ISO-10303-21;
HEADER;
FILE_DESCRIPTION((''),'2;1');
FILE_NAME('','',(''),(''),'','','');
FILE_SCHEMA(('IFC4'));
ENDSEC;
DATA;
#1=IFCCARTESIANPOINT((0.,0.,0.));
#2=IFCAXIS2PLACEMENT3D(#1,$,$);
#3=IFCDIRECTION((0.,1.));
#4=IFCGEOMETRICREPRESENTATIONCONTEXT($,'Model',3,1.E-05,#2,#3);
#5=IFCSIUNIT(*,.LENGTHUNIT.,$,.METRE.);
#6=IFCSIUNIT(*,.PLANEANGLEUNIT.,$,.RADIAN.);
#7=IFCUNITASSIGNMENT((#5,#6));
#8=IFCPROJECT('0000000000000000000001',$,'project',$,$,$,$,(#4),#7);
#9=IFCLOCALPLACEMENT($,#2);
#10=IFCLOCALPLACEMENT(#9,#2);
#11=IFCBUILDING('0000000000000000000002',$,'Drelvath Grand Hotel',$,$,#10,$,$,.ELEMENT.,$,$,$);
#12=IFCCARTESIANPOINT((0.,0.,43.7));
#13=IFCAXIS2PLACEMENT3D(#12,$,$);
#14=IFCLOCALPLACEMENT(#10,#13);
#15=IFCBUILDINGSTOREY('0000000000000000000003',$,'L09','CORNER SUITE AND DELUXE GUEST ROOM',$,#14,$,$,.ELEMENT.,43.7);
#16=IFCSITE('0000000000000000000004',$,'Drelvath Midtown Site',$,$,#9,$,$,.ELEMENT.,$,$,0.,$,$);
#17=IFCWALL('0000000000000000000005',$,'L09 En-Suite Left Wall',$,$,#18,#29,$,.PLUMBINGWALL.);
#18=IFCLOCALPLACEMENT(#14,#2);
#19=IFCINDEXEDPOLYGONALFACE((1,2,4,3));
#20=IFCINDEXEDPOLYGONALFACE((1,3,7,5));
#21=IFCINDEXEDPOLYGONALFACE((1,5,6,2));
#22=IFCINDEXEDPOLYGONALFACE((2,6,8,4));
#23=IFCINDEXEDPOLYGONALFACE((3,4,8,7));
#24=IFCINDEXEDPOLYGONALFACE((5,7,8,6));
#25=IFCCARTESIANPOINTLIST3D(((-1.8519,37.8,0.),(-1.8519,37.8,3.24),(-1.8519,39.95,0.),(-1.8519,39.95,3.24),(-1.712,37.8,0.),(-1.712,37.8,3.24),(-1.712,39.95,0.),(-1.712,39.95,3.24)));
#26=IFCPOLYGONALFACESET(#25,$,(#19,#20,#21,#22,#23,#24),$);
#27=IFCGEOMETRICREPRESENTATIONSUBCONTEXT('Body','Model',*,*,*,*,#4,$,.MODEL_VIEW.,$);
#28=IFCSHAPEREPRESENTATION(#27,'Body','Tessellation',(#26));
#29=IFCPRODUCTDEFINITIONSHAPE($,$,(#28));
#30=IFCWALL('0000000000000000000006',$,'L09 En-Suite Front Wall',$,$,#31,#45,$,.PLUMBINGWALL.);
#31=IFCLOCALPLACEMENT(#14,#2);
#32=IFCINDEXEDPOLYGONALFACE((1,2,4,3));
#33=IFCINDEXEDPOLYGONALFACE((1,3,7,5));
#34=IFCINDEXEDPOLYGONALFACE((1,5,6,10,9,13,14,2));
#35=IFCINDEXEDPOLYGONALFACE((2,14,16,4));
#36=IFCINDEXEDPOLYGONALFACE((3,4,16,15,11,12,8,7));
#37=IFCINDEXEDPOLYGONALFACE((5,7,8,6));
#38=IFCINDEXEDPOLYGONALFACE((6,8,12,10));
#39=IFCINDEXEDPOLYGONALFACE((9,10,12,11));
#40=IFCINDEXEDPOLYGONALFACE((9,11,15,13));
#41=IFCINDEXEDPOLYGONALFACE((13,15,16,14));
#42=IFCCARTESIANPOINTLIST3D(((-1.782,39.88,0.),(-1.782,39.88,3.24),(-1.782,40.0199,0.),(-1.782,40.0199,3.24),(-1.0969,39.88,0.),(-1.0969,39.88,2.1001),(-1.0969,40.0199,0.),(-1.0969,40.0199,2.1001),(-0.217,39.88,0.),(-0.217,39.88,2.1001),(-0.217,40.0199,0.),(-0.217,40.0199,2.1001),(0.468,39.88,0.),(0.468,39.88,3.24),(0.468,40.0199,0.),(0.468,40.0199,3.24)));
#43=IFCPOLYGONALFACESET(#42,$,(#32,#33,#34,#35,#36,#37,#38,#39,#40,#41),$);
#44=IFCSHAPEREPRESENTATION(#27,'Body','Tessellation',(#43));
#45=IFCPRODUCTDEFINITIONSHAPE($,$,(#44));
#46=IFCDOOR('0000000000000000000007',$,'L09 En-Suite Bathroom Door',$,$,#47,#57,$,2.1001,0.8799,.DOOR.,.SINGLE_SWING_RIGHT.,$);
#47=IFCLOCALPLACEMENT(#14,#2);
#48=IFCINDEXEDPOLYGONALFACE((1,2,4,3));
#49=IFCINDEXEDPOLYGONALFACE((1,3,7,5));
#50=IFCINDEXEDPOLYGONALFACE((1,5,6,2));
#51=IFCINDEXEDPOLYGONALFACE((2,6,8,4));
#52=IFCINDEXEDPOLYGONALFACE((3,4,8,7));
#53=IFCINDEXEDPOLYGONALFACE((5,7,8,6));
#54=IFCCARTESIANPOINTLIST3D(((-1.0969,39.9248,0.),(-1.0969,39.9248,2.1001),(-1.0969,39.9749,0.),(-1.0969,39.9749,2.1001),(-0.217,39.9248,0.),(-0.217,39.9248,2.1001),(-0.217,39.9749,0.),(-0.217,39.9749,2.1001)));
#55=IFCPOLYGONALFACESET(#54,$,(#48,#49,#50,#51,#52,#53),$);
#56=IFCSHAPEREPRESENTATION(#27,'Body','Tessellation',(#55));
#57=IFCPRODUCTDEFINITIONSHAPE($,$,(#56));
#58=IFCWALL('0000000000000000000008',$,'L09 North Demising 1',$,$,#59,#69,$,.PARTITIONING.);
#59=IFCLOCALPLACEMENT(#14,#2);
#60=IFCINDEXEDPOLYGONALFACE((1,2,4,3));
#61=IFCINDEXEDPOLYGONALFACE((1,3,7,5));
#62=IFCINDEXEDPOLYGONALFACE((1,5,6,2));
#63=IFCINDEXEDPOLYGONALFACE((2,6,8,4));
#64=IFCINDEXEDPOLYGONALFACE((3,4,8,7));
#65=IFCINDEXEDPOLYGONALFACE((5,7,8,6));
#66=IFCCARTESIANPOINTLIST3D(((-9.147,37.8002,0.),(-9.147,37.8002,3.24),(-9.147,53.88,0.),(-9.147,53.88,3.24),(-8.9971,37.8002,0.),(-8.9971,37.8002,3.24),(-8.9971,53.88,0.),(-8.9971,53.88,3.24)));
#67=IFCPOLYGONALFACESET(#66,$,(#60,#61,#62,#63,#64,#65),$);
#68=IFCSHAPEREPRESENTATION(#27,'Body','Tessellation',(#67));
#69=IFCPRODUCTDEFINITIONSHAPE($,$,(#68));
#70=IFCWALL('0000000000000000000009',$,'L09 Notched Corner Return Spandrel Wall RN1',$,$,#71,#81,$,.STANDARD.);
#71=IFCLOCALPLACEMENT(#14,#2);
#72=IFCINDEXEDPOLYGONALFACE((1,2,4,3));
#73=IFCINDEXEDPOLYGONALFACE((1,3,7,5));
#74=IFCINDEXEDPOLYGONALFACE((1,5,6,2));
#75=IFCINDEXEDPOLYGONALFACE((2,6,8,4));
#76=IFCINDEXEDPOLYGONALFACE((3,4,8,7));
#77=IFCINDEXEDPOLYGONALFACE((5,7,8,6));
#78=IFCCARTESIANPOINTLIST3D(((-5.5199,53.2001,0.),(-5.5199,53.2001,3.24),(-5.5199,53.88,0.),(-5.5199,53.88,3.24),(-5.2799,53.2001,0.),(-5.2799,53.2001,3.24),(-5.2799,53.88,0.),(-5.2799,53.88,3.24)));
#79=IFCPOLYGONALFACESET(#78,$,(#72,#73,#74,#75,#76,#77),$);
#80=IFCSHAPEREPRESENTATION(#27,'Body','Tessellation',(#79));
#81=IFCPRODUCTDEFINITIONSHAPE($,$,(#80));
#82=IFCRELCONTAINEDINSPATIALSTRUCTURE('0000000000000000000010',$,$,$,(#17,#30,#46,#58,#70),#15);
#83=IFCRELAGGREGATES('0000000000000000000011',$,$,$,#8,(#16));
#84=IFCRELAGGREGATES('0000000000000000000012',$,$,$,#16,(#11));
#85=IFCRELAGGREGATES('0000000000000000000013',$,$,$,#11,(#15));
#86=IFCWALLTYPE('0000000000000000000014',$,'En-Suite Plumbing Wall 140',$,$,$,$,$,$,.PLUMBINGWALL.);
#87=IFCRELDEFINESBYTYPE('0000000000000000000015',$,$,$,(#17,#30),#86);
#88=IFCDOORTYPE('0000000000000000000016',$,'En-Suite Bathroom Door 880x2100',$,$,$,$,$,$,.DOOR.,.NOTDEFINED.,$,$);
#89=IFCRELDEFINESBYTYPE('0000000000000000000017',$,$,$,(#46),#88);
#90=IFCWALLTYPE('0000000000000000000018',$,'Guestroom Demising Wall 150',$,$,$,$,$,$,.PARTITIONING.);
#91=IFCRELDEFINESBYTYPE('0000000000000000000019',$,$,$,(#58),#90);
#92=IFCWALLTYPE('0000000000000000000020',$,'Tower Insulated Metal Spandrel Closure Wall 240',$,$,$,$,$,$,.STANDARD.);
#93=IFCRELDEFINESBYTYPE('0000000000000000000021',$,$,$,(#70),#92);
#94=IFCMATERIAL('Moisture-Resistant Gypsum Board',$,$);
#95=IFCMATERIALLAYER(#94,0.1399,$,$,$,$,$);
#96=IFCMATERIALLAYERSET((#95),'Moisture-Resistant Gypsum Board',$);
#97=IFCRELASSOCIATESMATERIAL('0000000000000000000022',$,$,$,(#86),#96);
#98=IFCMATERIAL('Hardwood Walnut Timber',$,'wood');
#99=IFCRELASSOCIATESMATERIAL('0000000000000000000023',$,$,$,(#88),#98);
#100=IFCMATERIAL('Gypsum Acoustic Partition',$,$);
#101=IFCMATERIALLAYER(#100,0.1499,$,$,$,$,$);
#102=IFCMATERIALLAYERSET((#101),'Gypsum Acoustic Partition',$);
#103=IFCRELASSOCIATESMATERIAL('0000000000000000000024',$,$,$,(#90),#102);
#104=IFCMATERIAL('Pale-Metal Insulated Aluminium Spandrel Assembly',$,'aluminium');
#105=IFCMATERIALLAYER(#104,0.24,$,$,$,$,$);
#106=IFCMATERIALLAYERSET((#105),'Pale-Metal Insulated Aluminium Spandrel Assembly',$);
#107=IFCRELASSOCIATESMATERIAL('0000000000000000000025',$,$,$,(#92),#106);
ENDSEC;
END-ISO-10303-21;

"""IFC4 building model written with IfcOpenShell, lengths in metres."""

from ifc_helpers import new_model, si_unit, direction, frame, frame_2d, origin, place, context, subcontext, project, spatial, rectangle, extrude, material, layer, layer_set, type_object, element, fill, save


model = new_model("IFC4")

# Units and contexts
model_context = context("Model", 3, precision=1e-05, world=origin(), true_north=direction((0.0, 1.0)))
body_context = subcontext(model_context, "Body", "Model", "MODEL_VIEW")
ifc_project = project(units=[si_unit("LENGTHUNIT", "METRE"), si_unit("PLANEANGLEUNIT", "RADIAN")], contexts=[model_context])

# Site, building, storey
site_placement = place(None, origin())
site = spatial("IfcSite", under=ifc_project, at=site_placement, Name="Drelvath Midtown Site", CompositionType="ELEMENT", RefElevation=0.0)
building_placement = place(site_placement, origin())
building = spatial("IfcBuilding", under=site, at=building_placement, Name="Drelvath Grand Hotel", CompositionType="ELEMENT")
storey_placement = place(building_placement, frame((0.0, 0.0, 43.7)))
storey = spatial("IfcBuildingStorey", under=building, at=storey_placement, Name="L09", Description="CORNER SUITE AND DELUXE GUEST ROOM", CompositionType="ELEMENT", Elevation=43.7)

# Shared definitions
ifc_material_1 = material(Name="Moisture-Resistant Gypsum Board")
ifc_layer_1 = layer(ifc_material_1, 0.1399)
ifc_layer_set_1 = layer_set([ifc_layer_1], Name="Moisture-Resistant Gypsum Board")
wall_type_1 = type_object("IfcWallType", Name="En-Suite Plumbing Wall 140", PredefinedType="PLUMBINGWALL", material=ifc_layer_set_1)
ifc_material_2 = material(Name="Hardwood Walnut Timber", Category="wood")
door_type = type_object("IfcDoorType", Name="En-Suite Bathroom Door 880x2100", OperationType="NOTDEFINED", PredefinedType="DOOR", material=ifc_material_2)

# Wall
wall_1_placement = place(storey_placement, frame((-1.782, 37.8, 0.0), z_axis=(0.0, 0.0, 1.0), x_axis=(0.0, 1.0, 0.0)))
element("IfcWall", 1, at=wall_1_placement, inside=storey, type_object=wall_type_1, Name="L09 En-Suite Left Wall", PredefinedType="PLUMBINGWALL", context=body_context, shape_type="SweptSolid", body=[
    extrude(rectangle(XDim=2.1499, YDim=0.1399, at=frame_2d((1.075, 0.0))), origin(), (0.0, 0.0, 1.0), 3.24),
])

# Wall, opening, door
wall_2_placement = place(storey_placement, frame((-1.782, 39.95, 0.0), z_axis=(0.0, 0.0, 1.0), x_axis=(1.0, 0.0, 0.0)))
wall_2 = element("IfcWall", 2, at=wall_2_placement, inside=storey, type_object=wall_type_1, Name="L09 En-Suite Front Wall", PredefinedType="PLUMBINGWALL", context=body_context, shape_type="SweptSolid", body=[
    extrude(rectangle(XDim=2.25, YDim=0.1399, at=frame_2d((1.125, 0.0))), origin(), (0.0, 0.0, 1.0), 3.24),
])
opening_1_placement = place(wall_2_placement, frame((0.6851, 0.0, 0.0)))
opening_1 = element("IfcOpeningElement", 3, at=opening_1_placement, cuts=wall_2, PredefinedType="OPENING", context=body_context, shape_type="SweptSolid", body=[
    extrude(rectangle(XDim=0.8799, YDim=2.1001, at=frame_2d((0.4399, 1.05))), frame((0.0, 0.0798, 0.0), z_axis=(0.0, -1.0, 0.0), x_axis=(1.0, 0.0, 0.0)), (0.0, 0.0, 1.0), 0.1599),
])
door_1_placement = place(opening_1_placement, origin())
door_1 = element("IfcDoor", 4, at=door_1_placement, inside=storey, type_object=door_type, Name="L09 En-Suite Bathroom Door", OperationType="SINGLE_SWING_RIGHT", OverallHeight=2.1001, OverallWidth=0.8799, PredefinedType="DOOR", context=body_context, shape_type="SweptSolid", body=[
    extrude(rectangle(XDim=0.8799, YDim=2.1001, at=frame_2d((0.4399, 1.05))), frame((0.0, 0.0249, 0.0), z_axis=(0.0, -1.0, 0.0), x_axis=(1.0, 0.0, 0.0)), (0.0, 0.0, 1.0), 0.05),
])
fill(opening_1, door_1)

# Walls
ifc_material_3 = material(Name="Gypsum Acoustic Partition")
ifc_layer_2 = layer(ifc_material_3, 0.1499)
ifc_layer_set_2 = layer_set([ifc_layer_2], Name="Gypsum Acoustic Partition")
wall_type_2 = type_object("IfcWallType", Name="Guestroom Demising Wall 150", PredefinedType="PARTITIONING", material=ifc_layer_set_2)
wall_3_placement = place(storey_placement, frame((-9.072, 37.8, 0.0), z_axis=(0.0, 0.0, 1.0), x_axis=(0.0, 1.0, 0.0)))
element("IfcWall", 5, at=wall_3_placement, inside=storey, type_object=wall_type_2, Name="L09 North Demising 1", PredefinedType="PARTITIONING", context=body_context, shape_type="SweptSolid", body=[
    extrude(rectangle(XDim=16.0798, YDim=0.1499, at=frame_2d((8.04, 0.0))), origin(), (0.0, 0.0, 1.0), 3.24),
])
ifc_material_4 = material(Name="Pale-Metal Insulated Aluminium Spandrel Assembly", Category="aluminium")
ifc_layer_3 = layer(ifc_material_4, 0.24)
ifc_layer_set_3 = layer_set([ifc_layer_3], Name="Pale-Metal Insulated Aluminium Spandrel Assembly")
wall_type_3 = type_object("IfcWallType", Name="Tower Insulated Metal Spandrel Closure Wall 240", PredefinedType="STANDARD", material=ifc_layer_set_3)
wall_4_placement = place(storey_placement, frame((-5.3999, 53.8799, 0.0), z_axis=(0.0, 0.0, 1.0), x_axis=(0.0, -1.0, 0.0)))
element("IfcWall", 6, at=wall_4_placement, inside=storey, type_object=wall_type_3, Name="L09 Notched Corner Return Spandrel Wall RN1", PredefinedType="STANDARD", context=body_context, shape_type="SweptSolid", body=[
    extrude(rectangle(XDim=0.6799, YDim=0.24, at=frame_2d((0.3398, 0.0))), origin(), (0.0, 0.0, 1.0), 3.24),
])

save(model, "model.ifc")
